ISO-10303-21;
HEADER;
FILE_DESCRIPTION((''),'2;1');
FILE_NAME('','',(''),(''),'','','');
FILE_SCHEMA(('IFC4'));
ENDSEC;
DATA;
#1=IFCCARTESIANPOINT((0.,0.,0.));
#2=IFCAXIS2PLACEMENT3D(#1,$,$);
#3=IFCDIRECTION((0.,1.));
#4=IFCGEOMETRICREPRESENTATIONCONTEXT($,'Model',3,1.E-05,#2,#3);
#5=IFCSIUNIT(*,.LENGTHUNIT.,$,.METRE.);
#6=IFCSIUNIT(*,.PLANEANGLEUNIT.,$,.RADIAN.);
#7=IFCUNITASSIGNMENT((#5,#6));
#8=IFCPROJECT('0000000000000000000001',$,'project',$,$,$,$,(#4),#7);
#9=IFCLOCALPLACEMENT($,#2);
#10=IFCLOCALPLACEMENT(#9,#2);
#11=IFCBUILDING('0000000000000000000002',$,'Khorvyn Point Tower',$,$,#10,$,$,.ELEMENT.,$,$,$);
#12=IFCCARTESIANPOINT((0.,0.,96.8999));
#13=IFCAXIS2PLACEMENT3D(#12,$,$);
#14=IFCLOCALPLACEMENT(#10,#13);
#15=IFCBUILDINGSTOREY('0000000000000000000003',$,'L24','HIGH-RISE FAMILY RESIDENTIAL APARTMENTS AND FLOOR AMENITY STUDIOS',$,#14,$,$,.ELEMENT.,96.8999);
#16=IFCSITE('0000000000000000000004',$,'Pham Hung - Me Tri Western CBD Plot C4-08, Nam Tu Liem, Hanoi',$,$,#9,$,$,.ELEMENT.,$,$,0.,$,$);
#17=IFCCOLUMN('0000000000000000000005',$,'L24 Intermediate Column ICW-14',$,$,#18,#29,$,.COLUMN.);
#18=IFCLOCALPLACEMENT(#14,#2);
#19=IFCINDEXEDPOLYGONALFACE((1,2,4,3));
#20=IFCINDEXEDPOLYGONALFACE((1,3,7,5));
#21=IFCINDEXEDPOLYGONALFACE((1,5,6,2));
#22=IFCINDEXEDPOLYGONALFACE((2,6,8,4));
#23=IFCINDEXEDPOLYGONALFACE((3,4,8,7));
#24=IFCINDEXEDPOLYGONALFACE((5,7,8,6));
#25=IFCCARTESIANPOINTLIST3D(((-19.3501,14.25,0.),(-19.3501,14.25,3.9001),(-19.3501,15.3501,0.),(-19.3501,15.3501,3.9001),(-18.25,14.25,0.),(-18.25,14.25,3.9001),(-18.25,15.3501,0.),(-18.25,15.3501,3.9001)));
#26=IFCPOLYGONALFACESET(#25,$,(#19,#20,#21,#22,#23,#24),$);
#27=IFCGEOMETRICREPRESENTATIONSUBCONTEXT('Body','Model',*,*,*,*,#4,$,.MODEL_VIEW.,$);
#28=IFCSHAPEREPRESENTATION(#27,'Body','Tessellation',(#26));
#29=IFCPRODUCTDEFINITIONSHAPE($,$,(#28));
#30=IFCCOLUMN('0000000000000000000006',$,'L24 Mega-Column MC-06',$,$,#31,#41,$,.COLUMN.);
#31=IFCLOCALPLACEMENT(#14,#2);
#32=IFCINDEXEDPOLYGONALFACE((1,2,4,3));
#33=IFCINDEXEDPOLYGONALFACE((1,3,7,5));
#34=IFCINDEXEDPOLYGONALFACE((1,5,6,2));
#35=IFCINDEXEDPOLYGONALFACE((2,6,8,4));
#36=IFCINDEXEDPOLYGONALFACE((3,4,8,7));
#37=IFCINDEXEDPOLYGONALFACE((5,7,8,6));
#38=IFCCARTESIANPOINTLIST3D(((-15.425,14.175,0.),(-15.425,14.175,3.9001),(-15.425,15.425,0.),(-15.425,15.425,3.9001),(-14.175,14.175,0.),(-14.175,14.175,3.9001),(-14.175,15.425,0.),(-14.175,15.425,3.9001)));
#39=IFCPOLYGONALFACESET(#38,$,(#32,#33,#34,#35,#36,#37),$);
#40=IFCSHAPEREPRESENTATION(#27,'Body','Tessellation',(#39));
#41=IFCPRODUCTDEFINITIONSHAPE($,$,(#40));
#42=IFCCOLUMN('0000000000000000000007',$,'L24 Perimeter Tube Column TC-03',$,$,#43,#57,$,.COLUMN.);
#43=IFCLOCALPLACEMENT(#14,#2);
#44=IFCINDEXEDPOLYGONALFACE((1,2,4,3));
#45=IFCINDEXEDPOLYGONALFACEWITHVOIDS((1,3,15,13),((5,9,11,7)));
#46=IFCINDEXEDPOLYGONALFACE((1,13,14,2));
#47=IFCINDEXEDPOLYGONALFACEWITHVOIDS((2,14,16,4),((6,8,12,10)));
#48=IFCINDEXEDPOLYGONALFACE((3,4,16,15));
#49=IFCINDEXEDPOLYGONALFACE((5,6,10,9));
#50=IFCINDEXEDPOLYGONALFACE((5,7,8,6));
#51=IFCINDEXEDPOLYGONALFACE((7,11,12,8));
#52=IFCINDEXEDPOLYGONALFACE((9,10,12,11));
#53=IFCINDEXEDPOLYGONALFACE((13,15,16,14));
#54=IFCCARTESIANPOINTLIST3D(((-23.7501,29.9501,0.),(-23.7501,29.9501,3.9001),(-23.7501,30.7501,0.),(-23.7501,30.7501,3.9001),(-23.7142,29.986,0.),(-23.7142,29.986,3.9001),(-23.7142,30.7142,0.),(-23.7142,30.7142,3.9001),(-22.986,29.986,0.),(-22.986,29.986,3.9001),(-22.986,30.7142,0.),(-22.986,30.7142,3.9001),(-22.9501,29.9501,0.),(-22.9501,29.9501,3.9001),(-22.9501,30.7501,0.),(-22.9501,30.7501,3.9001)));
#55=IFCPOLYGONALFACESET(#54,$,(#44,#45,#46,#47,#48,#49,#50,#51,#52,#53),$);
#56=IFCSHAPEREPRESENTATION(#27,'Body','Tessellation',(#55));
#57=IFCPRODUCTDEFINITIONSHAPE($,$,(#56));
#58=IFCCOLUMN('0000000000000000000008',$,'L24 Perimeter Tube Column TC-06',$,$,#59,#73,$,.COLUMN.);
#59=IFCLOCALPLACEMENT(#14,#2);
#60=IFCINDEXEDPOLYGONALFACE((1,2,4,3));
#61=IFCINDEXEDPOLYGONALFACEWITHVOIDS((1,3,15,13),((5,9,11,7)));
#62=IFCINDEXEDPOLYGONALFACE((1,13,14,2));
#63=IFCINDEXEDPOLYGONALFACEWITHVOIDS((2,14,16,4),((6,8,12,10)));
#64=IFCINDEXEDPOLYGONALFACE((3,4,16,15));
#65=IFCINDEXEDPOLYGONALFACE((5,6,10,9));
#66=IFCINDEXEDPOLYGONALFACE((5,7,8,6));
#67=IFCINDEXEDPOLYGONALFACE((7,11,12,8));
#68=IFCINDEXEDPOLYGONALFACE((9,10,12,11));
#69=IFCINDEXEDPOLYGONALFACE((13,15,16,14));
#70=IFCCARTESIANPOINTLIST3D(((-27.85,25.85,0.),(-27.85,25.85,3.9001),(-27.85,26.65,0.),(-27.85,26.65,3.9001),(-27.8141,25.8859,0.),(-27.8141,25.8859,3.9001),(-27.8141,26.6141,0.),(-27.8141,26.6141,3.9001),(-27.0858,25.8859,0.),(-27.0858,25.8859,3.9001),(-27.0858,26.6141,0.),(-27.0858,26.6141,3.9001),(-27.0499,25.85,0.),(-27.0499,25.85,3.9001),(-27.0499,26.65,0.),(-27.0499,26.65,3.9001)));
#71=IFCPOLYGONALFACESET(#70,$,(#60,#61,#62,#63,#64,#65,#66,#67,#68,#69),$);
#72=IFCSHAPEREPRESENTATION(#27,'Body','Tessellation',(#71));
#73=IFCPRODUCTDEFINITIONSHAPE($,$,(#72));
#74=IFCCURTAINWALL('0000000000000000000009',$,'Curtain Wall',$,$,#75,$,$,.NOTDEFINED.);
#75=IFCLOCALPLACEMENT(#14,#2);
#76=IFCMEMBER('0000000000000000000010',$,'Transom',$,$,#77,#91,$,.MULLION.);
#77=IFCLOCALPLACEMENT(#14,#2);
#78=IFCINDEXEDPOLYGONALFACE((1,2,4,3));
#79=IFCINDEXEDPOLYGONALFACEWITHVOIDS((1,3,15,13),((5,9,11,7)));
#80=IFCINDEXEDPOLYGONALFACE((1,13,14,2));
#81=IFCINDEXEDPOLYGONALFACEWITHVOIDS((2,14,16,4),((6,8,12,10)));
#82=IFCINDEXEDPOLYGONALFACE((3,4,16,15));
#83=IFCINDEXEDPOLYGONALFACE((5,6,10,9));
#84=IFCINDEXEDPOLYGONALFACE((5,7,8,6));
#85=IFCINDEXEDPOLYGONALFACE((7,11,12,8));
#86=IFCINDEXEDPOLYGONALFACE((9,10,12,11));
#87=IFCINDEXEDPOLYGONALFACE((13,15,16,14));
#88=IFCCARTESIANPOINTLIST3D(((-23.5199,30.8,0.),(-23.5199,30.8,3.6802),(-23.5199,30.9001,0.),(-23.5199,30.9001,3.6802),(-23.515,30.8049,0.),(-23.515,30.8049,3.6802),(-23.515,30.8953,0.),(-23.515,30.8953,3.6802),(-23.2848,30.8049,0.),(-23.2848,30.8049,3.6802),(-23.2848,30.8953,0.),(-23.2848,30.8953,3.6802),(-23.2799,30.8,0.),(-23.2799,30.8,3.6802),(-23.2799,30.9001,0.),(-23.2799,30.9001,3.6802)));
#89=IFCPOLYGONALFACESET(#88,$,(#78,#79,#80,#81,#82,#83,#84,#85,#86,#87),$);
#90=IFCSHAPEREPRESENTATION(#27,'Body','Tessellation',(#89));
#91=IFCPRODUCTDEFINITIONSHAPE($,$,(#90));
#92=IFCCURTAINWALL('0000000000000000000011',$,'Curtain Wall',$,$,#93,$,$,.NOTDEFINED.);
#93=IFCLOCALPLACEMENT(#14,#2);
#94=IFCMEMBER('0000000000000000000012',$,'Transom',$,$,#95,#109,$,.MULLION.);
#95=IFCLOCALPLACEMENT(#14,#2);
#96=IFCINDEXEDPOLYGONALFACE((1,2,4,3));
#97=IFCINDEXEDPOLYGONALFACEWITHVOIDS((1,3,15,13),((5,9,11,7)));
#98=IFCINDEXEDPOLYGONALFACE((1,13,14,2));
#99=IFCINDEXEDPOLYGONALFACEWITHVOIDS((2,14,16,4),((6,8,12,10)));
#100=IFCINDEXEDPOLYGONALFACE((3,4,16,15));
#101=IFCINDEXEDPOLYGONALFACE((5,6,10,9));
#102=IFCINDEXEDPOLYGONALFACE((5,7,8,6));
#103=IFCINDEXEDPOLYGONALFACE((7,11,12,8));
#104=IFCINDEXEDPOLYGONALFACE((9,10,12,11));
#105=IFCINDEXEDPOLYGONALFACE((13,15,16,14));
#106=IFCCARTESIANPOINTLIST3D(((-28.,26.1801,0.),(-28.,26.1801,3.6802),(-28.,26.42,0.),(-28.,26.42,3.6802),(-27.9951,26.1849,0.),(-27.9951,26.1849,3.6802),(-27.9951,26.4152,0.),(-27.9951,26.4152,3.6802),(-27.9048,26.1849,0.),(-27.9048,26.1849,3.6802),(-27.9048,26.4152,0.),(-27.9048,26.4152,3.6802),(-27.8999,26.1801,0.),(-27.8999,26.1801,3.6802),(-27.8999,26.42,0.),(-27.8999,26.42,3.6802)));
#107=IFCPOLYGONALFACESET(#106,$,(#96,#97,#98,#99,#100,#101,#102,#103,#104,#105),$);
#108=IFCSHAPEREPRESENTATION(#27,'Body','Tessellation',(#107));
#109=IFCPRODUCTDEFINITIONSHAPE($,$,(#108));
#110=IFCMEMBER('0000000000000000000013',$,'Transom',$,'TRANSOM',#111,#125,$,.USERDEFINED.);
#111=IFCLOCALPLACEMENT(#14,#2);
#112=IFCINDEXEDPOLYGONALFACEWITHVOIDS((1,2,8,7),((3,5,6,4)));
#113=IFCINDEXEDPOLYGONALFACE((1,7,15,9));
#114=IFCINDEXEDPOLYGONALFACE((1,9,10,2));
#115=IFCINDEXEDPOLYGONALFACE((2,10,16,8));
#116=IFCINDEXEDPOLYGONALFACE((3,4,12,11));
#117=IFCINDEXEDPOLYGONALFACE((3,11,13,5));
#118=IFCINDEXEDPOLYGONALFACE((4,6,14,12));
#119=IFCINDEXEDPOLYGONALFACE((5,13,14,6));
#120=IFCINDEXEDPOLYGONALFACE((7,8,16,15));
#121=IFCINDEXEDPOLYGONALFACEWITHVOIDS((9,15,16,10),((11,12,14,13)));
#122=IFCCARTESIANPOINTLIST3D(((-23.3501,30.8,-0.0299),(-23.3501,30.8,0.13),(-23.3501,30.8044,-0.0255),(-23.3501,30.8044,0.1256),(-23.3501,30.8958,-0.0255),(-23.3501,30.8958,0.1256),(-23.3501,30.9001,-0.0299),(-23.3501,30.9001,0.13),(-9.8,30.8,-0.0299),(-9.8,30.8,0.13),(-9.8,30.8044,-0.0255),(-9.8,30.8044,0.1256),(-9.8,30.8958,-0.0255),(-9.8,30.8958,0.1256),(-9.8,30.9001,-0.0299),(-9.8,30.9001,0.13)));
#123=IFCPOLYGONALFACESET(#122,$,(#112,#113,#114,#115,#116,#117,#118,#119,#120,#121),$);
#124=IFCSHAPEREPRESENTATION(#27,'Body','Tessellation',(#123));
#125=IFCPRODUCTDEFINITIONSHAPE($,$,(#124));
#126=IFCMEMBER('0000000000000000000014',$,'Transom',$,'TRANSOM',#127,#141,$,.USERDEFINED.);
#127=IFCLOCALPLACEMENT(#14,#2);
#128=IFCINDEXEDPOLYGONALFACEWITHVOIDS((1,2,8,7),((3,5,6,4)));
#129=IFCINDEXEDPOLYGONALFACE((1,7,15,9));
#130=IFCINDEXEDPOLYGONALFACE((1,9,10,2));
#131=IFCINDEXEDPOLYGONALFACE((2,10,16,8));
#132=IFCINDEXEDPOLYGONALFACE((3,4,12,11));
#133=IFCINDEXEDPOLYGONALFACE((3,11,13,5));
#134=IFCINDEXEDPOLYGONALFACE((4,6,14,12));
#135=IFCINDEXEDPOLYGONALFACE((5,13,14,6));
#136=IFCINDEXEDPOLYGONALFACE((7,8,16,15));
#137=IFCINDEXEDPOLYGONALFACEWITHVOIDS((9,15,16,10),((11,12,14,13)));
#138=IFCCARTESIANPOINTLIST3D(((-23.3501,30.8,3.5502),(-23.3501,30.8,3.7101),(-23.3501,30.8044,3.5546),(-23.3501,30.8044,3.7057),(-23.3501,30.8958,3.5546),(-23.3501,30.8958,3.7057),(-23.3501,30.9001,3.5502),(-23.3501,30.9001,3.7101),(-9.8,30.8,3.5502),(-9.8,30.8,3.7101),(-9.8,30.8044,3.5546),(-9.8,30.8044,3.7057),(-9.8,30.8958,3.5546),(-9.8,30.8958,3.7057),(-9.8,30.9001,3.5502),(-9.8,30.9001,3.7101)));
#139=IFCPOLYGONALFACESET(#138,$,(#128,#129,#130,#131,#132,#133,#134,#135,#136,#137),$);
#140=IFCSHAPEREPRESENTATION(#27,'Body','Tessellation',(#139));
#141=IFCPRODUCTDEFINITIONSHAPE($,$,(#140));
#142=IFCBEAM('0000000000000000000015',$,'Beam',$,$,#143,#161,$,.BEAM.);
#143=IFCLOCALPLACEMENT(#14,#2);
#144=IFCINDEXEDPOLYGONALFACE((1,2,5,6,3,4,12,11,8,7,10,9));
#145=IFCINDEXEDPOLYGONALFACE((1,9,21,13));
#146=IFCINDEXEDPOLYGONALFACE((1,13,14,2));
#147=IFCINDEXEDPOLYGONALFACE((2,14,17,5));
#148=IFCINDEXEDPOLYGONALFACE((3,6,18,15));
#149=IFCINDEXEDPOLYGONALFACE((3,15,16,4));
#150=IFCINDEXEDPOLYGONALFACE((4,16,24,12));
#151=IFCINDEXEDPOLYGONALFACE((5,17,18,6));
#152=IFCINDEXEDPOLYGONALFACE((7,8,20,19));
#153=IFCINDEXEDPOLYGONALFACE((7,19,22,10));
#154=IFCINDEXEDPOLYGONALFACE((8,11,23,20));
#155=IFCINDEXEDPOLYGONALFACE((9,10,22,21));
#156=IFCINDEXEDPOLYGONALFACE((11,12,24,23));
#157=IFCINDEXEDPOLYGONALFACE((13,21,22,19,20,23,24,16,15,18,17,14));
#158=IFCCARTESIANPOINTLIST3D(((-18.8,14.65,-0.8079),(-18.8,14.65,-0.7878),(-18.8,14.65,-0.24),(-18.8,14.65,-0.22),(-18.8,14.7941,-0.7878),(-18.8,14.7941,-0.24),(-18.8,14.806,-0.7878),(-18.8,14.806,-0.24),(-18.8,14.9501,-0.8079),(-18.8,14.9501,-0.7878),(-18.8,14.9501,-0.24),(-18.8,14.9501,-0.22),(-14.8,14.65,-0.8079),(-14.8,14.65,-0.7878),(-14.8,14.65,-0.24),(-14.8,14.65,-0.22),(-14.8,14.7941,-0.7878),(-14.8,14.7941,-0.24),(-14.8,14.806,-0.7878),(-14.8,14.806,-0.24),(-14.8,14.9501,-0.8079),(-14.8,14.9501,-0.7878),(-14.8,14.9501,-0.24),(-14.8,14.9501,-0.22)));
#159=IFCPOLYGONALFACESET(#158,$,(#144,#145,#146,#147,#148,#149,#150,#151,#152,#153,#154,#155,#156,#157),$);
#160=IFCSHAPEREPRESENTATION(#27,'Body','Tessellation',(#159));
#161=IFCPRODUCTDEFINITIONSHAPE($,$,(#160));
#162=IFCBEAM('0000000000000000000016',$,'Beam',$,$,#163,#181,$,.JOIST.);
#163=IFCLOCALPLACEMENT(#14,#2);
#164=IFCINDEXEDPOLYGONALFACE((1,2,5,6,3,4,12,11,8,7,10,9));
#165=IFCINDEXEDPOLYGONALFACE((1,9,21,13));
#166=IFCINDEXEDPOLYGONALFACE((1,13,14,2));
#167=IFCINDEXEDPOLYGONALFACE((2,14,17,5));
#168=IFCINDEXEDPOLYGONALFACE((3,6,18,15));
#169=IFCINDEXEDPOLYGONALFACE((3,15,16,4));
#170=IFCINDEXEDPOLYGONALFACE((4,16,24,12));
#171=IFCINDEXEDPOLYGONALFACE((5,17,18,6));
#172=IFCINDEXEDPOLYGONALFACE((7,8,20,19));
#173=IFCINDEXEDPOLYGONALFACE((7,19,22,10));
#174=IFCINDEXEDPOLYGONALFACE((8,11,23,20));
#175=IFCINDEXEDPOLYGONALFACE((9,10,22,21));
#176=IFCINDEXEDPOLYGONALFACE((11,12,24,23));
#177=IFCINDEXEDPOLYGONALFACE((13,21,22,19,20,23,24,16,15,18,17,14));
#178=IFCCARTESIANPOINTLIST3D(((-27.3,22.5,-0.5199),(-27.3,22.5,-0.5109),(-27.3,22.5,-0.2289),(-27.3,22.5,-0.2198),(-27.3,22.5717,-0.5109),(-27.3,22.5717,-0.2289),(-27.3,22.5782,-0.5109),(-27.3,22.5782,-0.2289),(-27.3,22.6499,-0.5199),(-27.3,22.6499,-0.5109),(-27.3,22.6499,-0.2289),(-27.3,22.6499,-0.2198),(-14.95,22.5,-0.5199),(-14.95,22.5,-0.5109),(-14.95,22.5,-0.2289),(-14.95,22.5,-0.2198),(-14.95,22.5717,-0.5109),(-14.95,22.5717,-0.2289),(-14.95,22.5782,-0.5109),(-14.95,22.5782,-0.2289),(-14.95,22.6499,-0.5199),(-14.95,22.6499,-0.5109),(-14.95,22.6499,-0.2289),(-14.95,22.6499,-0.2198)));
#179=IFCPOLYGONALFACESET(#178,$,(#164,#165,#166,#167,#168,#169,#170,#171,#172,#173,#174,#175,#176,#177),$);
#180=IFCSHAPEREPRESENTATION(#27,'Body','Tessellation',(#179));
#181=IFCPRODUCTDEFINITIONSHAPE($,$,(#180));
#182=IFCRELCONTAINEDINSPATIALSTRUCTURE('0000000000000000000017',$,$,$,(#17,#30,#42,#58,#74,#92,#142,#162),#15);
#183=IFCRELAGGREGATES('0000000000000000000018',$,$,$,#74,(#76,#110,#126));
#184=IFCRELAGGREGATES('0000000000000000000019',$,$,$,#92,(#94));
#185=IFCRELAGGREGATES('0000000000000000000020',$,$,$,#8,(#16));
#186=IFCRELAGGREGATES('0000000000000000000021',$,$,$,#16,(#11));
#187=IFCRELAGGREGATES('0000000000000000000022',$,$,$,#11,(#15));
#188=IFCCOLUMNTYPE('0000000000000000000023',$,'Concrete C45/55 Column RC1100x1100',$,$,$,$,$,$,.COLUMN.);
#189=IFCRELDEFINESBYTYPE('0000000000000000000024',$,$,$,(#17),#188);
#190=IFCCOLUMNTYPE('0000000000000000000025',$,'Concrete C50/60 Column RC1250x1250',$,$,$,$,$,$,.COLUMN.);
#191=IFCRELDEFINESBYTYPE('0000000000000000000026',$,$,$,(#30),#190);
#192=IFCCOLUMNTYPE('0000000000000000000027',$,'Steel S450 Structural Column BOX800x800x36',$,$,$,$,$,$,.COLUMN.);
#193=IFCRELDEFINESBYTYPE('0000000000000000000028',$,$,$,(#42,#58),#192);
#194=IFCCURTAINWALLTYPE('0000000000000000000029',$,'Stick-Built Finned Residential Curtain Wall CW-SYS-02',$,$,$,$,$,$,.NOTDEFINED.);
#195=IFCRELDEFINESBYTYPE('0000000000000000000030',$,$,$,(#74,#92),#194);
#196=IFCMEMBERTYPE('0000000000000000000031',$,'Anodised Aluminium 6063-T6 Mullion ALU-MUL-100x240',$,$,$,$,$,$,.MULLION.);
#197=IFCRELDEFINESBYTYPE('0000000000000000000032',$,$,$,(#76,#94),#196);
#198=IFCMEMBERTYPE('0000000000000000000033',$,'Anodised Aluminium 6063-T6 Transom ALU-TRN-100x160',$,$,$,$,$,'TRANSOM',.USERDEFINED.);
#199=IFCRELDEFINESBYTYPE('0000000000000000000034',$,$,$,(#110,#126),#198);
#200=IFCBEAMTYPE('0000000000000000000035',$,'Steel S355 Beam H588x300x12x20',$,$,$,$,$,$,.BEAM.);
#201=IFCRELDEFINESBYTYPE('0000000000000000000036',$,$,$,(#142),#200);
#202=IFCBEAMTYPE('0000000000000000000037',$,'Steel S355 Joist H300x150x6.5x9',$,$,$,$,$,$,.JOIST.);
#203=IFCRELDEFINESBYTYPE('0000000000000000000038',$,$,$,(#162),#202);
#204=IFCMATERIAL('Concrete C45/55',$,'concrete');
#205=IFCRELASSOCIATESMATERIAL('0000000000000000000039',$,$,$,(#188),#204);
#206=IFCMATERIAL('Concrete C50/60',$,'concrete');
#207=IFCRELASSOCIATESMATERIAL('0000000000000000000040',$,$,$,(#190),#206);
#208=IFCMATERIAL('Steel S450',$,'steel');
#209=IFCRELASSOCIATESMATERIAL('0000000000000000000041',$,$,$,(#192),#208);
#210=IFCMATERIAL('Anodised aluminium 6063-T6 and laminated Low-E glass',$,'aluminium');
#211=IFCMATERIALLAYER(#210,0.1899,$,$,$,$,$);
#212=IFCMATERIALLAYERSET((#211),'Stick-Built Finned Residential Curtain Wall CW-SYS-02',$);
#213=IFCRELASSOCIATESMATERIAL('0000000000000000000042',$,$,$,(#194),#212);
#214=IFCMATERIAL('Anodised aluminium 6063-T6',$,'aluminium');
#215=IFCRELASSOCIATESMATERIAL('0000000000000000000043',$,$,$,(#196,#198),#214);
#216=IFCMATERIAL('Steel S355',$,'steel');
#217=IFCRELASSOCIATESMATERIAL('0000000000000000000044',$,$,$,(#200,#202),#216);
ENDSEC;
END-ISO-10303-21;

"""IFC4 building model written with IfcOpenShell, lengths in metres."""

from ifc_helpers import new_model, si_unit, direction, frame, origin, origin_2d, place, context, subcontext, project, spatial, rectangle, hollow_rectangle, i_section, extrude, material, layer, layer_set, material_profile, profile_set, type_object, element, aggregate, save


model = new_model("IFC4")

# Units and contexts
model_context = context("Model", 3, precision=1e-05, world=origin(), true_north=direction((0.0, 1.0)))
body_context = subcontext(model_context, "Body", "Model", "MODEL_VIEW")
ifc_project = project(units=[si_unit("LENGTHUNIT", "METRE"), si_unit("PLANEANGLEUNIT", "RADIAN")], contexts=[model_context])

# Site, building, storey
site_placement = place(None, origin())
site = spatial("IfcSite", under=ifc_project, at=site_placement, Name="Pham Hung - Me Tri Western CBD Plot C4-08, Nam Tu Liem, Hanoi", CompositionType="ELEMENT", RefElevation=0.0)
building_placement = place(site_placement, origin())
building = spatial("IfcBuilding", under=site, at=building_placement, Name="Khorvyn Point Tower", CompositionType="ELEMENT")
storey_placement = place(building_placement, frame((0.0, 0.0, 96.8999)))
storey = spatial("IfcBuildingStorey", under=building, at=storey_placement, Name="L24", Description="HIGH-RISE FAMILY RESIDENTIAL APARTMENTS AND FLOOR AMENITY STUDIOS", CompositionType="ELEMENT", Elevation=96.8999)

# Columns
ifc_material_1 = material(Name="Concrete C45/55", Category="concrete")
ifc_material_profile_1 = material_profile(ifc_material_1, rectangle(XDim=1.1001, YDim=1.1001, at=origin_2d()))
ifc_profile_set_1 = profile_set([ifc_material_profile_1], Name="Concrete C45/55 RC1100x1100")
column_type_1 = type_object("IfcColumnType", Name="Concrete C45/55 Column RC1100x1100", PredefinedType="COLUMN", material=ifc_profile_set_1)
column_1_placement = place(storey_placement, frame((-18.8, 14.8, 0.0), z_axis=(0.0, 0.0, 1.0), x_axis=(1.0, 0.0, 0.0)))
element("IfcColumn", 1, at=column_1_placement, inside=storey, type_object=column_type_1, Name="L24 Intermediate Column ICW-14", PredefinedType="COLUMN", context=body_context, shape_type="SweptSolid", body=[
    extrude(rectangle(XDim=1.1001, YDim=1.1001, at=origin_2d()), origin(), (0.0, 0.0, 1.0), 3.9001),
])
ifc_material_2 = material(Name="Concrete C50/60", Category="concrete")
ifc_material_profile_2 = material_profile(ifc_material_2, rectangle(XDim=1.25, YDim=1.25, at=origin_2d()))
ifc_profile_set_2 = profile_set([ifc_material_profile_2], Name="Concrete C50/60 RC1250x1250")
column_type_2 = type_object("IfcColumnType", Name="Concrete C50/60 Column RC1250x1250", PredefinedType="COLUMN", material=ifc_profile_set_2)
column_2_placement = place(storey_placement, frame((-14.8, 14.8, 0.0), z_axis=(0.0, 0.0, 1.0), x_axis=(1.0, 0.0, 0.0)))
element("IfcColumn", 2, at=column_2_placement, inside=storey, type_object=column_type_2, Name="L24 Mega-Column MC-06", PredefinedType="COLUMN", context=body_context, shape_type="SweptSolid", body=[
    extrude(rectangle(XDim=1.25, YDim=1.25, at=origin_2d()), origin(), (0.0, 0.0, 1.0), 3.9001),
])
ifc_material_3 = material(Name="Steel S450", Category="steel")
ifc_material_profile_3 = material_profile(ifc_material_3, hollow_rectangle(XDim=0.8, YDim=0.8, WallThickness=0.0359, at=origin_2d()))
ifc_profile_set_3 = profile_set([ifc_material_profile_3], Name="Steel S450 BOX800x800x36")
column_type_3 = type_object("IfcColumnType", Name="Steel S450 Structural Column BOX800x800x36", PredefinedType="COLUMN", material=ifc_profile_set_3)
for number, where, z_axis, x_axis, name in (
    (3, (-23.3501, 30.3501, 0.0), (0.0, 0.0, 1.0), (1.0, 0.0, 0.0), "L24 Perimeter Tube Column TC-03"),
    (4, (-27.45, 26.25, 0.0), (0.0, 0.0, 1.0), (1.0, 0.0, 0.0), "L24 Perimeter Tube Column TC-06"),
):
    element("IfcColumn", number, at=place(storey_placement, frame(where, z_axis=z_axis, x_axis=x_axis)), inside=storey, type_object=column_type_3, Name=name, PredefinedType="COLUMN", context=body_context, shape_type="SweptSolid", body=[
        extrude(hollow_rectangle(XDim=0.8, YDim=0.8, WallThickness=0.0359, at=origin_2d()), origin(), (0.0, 0.0, 1.0), 3.9001),
    ])

# Curtain walls, members
ifc_material_4 = material(Name="Anodised aluminium 6063-T6 and laminated Low-E glass", Category="aluminium")
ifc_layer_1 = layer(ifc_material_4, 0.1899)
ifc_layer_set_1 = layer_set([ifc_layer_1], Name="Stick-Built Finned Residential Curtain Wall CW-SYS-02")
curtain_wall_type = type_object("IfcCurtainWallType", Name="Stick-Built Finned Residential Curtain Wall CW-SYS-02", PredefinedType="NOTDEFINED", material=ifc_layer_set_1)
curtain_wall_1_placement = place(storey_placement, origin())
curtain_wall_1 = element("IfcCurtainWall", 5, at=curtain_wall_1_placement, inside=storey, type_object=curtain_wall_type, Name="Curtain Wall", PredefinedType="NOTDEFINED")
ifc_material_5 = material(Name="Anodised aluminium 6063-T6", Category="aluminium")
ifc_material_profile_4 = material_profile(ifc_material_5, hollow_rectangle(XDim=0.1001, YDim=0.24, WallThickness=0.0049, at=origin_2d()))
ifc_profile_set_4 = profile_set([ifc_material_profile_4], Name="Anodised aluminium 6063-T6 ALU-MUL-100x240")
member_type_1 = type_object("IfcMemberType", Name="Anodised Aluminium 6063-T6 Mullion ALU-MUL-100x240", PredefinedType="MULLION", material=ifc_profile_set_4)
member_1_placement = place(storey_placement, frame((-23.3999, 30.8501, 0.0), z_axis=(0.0, 0.0, 1.0), x_axis=(0.0, 1.0, 0.0)))
member_1 = element("IfcMember", 6, at=member_1_placement, type_object=member_type_1, Name="Transom", PredefinedType="MULLION", context=body_context, shape_type="SweptSolid", body=[
    extrude(hollow_rectangle(XDim=0.1001, YDim=0.24, WallThickness=0.0049, at=origin_2d()), origin(), (0.0, 0.0, 1.0), 3.6802),
])
curtain_wall_2_placement = place(storey_placement, origin())
curtain_wall_2 = element("IfcCurtainWall", 7, at=curtain_wall_2_placement, inside=storey, type_object=curtain_wall_type, Name="Curtain Wall", PredefinedType="NOTDEFINED")
member_2_placement = place(storey_placement, frame((-27.95, 26.3, 0.0), z_axis=(0.0, 0.0, 1.0), x_axis=(-1.0, 0.0, 0.0)))
member_2 = element("IfcMember", 8, at=member_2_placement, type_object=member_type_1, Name="Transom", PredefinedType="MULLION", context=body_context, shape_type="SweptSolid", body=[
    extrude(hollow_rectangle(XDim=0.1001, YDim=0.24, WallThickness=0.0049, at=origin_2d()), origin(), (0.0, 0.0, 1.0), 3.6802),
])

# Members
ifc_material_profile_5 = material_profile(ifc_material_5, hollow_rectangle(XDim=0.1001, YDim=0.1599, WallThickness=0.0044, at=origin_2d()))
ifc_profile_set_5 = profile_set([ifc_material_profile_5], Name="Anodised aluminium 6063-T6 ALU-TRN-100x160")
member_type_2 = type_object("IfcMemberType", Name="Anodised Aluminium 6063-T6 Transom ALU-TRN-100x160", ElementType="TRANSOM", PredefinedType="USERDEFINED", material=ifc_profile_set_5)
member_3_placement = place(storey_placement, frame((-23.3501, 30.8501, 0.05), z_axis=(1.0, 0.0, 0.0), x_axis=(0.0, 1.0, 0.0)))
member_3 = element("IfcMember", 9, at=member_3_placement, type_object=member_type_2, Name="Transom", ObjectType="TRANSOM", PredefinedType="USERDEFINED", context=body_context, shape_type="SweptSolid", body=[
    extrude(hollow_rectangle(XDim=0.1001, YDim=0.1599, WallThickness=0.0044, at=origin_2d()), origin(), (0.0, 0.0, 1.0), 13.55),
])
member_4_placement = place(storey_placement, frame((-23.3501, 30.8501, 3.6301), z_axis=(1.0, 0.0, 0.0), x_axis=(0.0, 1.0, 0.0)))
member_4 = element("IfcMember", 10, at=member_4_placement, type_object=member_type_2, Name="Transom", ObjectType="TRANSOM", PredefinedType="USERDEFINED", context=body_context, shape_type="SweptSolid", body=[
    extrude(hollow_rectangle(XDim=0.1001, YDim=0.1599, WallThickness=0.0044, at=origin_2d()), origin(), (0.0, 0.0, 1.0), 13.55),
])

# Beams
ifc_material_6 = material(Name="Steel S355", Category="steel")
ifc_material_profile_6 = material_profile(ifc_material_6, i_section(OverallWidth=0.3, OverallDepth=0.5879, WebThickness=0.012, FlangeThickness=0.02, at=origin_2d()))
ifc_profile_set_6 = profile_set([ifc_material_profile_6], Name="Steel S355 H588x300x12x20")
beam_type_1 = type_object("IfcBeamType", Name="Steel S355 Beam H588x300x12x20", PredefinedType="BEAM", material=ifc_profile_set_6)
beam_1_placement = place(storey_placement, frame((-18.8, 14.8, -0.5139), z_axis=(1.0, 0.0, 0.0), x_axis=(0.0, 1.0, 0.0)))
element("IfcBeam", 11, at=beam_1_placement, inside=storey, type_object=beam_type_1, Name="Beam", PredefinedType="BEAM", context=body_context, shape_type="SweptSolid", body=[
    extrude(i_section(OverallWidth=0.3, OverallDepth=0.5879, WebThickness=0.012, FlangeThickness=0.02, at=origin_2d()), origin(), (0.0, 0.0, 1.0), 4.0),
])
ifc_material_profile_7 = material_profile(ifc_material_6, i_section(OverallWidth=0.1499, OverallDepth=0.3, WebThickness=0.0066, FlangeThickness=0.009, at=origin_2d()))
ifc_profile_set_7 = profile_set([ifc_material_profile_7], Name="Steel S355 H300x150x6.5x9")
beam_type_2 = type_object("IfcBeamType", Name="Steel S355 Joist H300x150x6.5x9", PredefinedType="JOIST", material=ifc_profile_set_7)
beam_2_placement = place(storey_placement, frame((-27.3, 22.575, -0.3699), z_axis=(1.0, 0.0, 0.0), x_axis=(0.0, 1.0, 0.0)))
element("IfcBeam", 12, at=beam_2_placement, inside=storey, type_object=beam_type_2, Name="Beam", PredefinedType="JOIST", context=body_context, shape_type="SweptSolid", body=[
    extrude(i_section(OverallWidth=0.1499, OverallDepth=0.3, WebThickness=0.0066, FlangeThickness=0.009, at=origin_2d()), origin(), (0.0, 0.0, 1.0), 12.3501),
])

aggregate(curtain_wall_1, [member_1, member_3, member_4])
aggregate(curtain_wall_2, [member_2])

save(model, "model.ifc")
